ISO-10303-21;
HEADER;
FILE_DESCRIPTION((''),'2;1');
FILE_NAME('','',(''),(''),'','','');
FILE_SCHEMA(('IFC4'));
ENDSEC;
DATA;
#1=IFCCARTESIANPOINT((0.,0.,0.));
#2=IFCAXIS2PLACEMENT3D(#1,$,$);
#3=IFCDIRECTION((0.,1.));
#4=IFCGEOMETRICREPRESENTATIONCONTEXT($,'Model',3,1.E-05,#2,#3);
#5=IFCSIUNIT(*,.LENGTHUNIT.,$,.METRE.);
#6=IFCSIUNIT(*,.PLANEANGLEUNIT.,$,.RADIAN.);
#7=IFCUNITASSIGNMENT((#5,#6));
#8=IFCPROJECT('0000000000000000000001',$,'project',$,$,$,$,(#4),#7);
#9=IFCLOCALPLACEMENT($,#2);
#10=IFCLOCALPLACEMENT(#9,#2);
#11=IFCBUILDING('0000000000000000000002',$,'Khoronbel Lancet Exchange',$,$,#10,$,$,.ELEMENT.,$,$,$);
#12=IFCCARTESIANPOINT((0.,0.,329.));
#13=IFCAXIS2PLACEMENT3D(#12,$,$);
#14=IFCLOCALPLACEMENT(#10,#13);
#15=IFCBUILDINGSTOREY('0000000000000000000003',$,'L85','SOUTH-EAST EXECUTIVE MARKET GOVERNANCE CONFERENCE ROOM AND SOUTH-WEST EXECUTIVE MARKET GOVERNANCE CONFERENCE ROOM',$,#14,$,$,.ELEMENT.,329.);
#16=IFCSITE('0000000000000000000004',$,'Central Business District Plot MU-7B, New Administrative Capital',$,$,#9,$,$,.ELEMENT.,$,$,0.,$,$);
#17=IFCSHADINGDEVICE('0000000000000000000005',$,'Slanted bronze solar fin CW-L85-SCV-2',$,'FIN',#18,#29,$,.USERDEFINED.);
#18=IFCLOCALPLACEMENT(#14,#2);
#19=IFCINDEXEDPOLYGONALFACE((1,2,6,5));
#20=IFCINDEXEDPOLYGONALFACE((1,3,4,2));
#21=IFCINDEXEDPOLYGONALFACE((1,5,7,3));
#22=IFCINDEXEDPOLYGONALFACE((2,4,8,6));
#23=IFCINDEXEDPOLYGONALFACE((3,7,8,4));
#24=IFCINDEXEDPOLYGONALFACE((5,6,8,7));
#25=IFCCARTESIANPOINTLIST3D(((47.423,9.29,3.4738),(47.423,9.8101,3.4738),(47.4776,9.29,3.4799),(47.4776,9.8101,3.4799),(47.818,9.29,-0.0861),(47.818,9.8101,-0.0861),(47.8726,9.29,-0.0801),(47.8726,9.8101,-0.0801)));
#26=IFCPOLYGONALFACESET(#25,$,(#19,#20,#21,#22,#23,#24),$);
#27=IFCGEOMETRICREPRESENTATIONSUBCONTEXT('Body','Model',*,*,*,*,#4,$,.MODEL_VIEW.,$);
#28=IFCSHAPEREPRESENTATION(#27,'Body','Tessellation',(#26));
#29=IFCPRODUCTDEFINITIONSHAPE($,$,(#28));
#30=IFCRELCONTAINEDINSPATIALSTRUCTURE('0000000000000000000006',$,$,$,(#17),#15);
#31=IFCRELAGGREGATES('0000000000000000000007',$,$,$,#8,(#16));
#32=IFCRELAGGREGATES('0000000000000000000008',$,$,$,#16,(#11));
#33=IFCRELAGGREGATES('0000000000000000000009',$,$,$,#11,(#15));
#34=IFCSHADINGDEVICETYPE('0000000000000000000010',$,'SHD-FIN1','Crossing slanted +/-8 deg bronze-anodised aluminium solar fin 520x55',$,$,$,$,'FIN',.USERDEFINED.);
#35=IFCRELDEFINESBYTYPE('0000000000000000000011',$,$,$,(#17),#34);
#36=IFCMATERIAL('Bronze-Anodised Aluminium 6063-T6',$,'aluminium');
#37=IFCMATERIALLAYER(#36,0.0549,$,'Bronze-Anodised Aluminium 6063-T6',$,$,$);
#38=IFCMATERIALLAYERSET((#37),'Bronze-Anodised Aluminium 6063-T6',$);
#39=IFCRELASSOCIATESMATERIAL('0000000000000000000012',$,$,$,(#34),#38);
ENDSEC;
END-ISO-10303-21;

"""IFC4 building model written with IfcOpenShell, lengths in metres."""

from ifc_helpers import new_model, si_unit, direction, frame, origin, place, context, subcontext, project, spatial, polyline, outline, extrude, material, layer, layer_set, type_object, element, save


model = new_model("IFC4")

# Units and contexts
model_context = context("Model", 3, precision=1e-05, world=origin(), true_north=direction((0.0, 1.0)))
body_context = subcontext(model_context, "Body", "Model", "MODEL_VIEW")
ifc_project = project(units=[si_unit("LENGTHUNIT", "METRE"), si_unit("PLANEANGLEUNIT", "RADIAN")], contexts=[model_context])

# Site, building, storey
site_placement = place(None, origin())
site = spatial("IfcSite", under=ifc_project, at=site_placement, Name="Central Business District Plot MU-7B, New Administrative Capital", CompositionType="ELEMENT", RefElevation=0.0)
building_placement = place(site_placement, origin())
building = spatial("IfcBuilding", under=site, at=building_placement, Name="Khoronbel Lancet Exchange", CompositionType="ELEMENT")
storey_placement = place(building_placement, frame((0.0, 0.0, 329.0)))
storey = spatial("IfcBuildingStorey", under=building, at=storey_placement, Name="L85", Description="SOUTH-EAST EXECUTIVE MARKET GOVERNANCE CONFERENCE ROOM AND SOUTH-WEST EXECUTIVE MARKET GOVERNANCE CONFERENCE ROOM", CompositionType="ELEMENT", Elevation=329.0)

# Shared definitions
ifc_material_1 = material(Name="Bronze-Anodised Aluminium 6063-T6", Category="aluminium")

# Shading device
ifc_layer_1 = layer(ifc_material_1, 0.0549, Name="Bronze-Anodised Aluminium 6063-T6")
ifc_layer_set_1 = layer_set([ifc_layer_1], Name="Bronze-Anodised Aluminium 6063-T6")
shading_device_type = type_object("IfcShadingDeviceType", Name="SHD-FIN1", Description="Crossing slanted +/-8 deg bronze-anodised aluminium solar fin 520x55", ElementType="FIN", PredefinedType="USERDEFINED", material=ifc_layer_set_1)
shading_device_placement = place(storey_placement, frame((47.8726, 9.8101, -0.0801), z_axis=(0.9939, 0.0, 0.110282), x_axis=(0.0, -1.0, 0.0)))
element("IfcShadingDevice", 1, at=shading_device_placement, inside=storey, type_object=shading_device_type, Name="Slanted bronze solar fin CW-L85-SCV-2", ObjectType="FIN", PredefinedType="USERDEFINED", context=body_context, shape_type="SweptSolid", body=[
    extrude(outline(polyline([(0.0, 0.0), (0.52, 0.0), (0.52, -3.5818), (0.0, -3.5818), (0.0, 0.0)])), origin(), (0.0, 0.0, -1.0), 0.0549),
])

save(model, "model.ifc")
